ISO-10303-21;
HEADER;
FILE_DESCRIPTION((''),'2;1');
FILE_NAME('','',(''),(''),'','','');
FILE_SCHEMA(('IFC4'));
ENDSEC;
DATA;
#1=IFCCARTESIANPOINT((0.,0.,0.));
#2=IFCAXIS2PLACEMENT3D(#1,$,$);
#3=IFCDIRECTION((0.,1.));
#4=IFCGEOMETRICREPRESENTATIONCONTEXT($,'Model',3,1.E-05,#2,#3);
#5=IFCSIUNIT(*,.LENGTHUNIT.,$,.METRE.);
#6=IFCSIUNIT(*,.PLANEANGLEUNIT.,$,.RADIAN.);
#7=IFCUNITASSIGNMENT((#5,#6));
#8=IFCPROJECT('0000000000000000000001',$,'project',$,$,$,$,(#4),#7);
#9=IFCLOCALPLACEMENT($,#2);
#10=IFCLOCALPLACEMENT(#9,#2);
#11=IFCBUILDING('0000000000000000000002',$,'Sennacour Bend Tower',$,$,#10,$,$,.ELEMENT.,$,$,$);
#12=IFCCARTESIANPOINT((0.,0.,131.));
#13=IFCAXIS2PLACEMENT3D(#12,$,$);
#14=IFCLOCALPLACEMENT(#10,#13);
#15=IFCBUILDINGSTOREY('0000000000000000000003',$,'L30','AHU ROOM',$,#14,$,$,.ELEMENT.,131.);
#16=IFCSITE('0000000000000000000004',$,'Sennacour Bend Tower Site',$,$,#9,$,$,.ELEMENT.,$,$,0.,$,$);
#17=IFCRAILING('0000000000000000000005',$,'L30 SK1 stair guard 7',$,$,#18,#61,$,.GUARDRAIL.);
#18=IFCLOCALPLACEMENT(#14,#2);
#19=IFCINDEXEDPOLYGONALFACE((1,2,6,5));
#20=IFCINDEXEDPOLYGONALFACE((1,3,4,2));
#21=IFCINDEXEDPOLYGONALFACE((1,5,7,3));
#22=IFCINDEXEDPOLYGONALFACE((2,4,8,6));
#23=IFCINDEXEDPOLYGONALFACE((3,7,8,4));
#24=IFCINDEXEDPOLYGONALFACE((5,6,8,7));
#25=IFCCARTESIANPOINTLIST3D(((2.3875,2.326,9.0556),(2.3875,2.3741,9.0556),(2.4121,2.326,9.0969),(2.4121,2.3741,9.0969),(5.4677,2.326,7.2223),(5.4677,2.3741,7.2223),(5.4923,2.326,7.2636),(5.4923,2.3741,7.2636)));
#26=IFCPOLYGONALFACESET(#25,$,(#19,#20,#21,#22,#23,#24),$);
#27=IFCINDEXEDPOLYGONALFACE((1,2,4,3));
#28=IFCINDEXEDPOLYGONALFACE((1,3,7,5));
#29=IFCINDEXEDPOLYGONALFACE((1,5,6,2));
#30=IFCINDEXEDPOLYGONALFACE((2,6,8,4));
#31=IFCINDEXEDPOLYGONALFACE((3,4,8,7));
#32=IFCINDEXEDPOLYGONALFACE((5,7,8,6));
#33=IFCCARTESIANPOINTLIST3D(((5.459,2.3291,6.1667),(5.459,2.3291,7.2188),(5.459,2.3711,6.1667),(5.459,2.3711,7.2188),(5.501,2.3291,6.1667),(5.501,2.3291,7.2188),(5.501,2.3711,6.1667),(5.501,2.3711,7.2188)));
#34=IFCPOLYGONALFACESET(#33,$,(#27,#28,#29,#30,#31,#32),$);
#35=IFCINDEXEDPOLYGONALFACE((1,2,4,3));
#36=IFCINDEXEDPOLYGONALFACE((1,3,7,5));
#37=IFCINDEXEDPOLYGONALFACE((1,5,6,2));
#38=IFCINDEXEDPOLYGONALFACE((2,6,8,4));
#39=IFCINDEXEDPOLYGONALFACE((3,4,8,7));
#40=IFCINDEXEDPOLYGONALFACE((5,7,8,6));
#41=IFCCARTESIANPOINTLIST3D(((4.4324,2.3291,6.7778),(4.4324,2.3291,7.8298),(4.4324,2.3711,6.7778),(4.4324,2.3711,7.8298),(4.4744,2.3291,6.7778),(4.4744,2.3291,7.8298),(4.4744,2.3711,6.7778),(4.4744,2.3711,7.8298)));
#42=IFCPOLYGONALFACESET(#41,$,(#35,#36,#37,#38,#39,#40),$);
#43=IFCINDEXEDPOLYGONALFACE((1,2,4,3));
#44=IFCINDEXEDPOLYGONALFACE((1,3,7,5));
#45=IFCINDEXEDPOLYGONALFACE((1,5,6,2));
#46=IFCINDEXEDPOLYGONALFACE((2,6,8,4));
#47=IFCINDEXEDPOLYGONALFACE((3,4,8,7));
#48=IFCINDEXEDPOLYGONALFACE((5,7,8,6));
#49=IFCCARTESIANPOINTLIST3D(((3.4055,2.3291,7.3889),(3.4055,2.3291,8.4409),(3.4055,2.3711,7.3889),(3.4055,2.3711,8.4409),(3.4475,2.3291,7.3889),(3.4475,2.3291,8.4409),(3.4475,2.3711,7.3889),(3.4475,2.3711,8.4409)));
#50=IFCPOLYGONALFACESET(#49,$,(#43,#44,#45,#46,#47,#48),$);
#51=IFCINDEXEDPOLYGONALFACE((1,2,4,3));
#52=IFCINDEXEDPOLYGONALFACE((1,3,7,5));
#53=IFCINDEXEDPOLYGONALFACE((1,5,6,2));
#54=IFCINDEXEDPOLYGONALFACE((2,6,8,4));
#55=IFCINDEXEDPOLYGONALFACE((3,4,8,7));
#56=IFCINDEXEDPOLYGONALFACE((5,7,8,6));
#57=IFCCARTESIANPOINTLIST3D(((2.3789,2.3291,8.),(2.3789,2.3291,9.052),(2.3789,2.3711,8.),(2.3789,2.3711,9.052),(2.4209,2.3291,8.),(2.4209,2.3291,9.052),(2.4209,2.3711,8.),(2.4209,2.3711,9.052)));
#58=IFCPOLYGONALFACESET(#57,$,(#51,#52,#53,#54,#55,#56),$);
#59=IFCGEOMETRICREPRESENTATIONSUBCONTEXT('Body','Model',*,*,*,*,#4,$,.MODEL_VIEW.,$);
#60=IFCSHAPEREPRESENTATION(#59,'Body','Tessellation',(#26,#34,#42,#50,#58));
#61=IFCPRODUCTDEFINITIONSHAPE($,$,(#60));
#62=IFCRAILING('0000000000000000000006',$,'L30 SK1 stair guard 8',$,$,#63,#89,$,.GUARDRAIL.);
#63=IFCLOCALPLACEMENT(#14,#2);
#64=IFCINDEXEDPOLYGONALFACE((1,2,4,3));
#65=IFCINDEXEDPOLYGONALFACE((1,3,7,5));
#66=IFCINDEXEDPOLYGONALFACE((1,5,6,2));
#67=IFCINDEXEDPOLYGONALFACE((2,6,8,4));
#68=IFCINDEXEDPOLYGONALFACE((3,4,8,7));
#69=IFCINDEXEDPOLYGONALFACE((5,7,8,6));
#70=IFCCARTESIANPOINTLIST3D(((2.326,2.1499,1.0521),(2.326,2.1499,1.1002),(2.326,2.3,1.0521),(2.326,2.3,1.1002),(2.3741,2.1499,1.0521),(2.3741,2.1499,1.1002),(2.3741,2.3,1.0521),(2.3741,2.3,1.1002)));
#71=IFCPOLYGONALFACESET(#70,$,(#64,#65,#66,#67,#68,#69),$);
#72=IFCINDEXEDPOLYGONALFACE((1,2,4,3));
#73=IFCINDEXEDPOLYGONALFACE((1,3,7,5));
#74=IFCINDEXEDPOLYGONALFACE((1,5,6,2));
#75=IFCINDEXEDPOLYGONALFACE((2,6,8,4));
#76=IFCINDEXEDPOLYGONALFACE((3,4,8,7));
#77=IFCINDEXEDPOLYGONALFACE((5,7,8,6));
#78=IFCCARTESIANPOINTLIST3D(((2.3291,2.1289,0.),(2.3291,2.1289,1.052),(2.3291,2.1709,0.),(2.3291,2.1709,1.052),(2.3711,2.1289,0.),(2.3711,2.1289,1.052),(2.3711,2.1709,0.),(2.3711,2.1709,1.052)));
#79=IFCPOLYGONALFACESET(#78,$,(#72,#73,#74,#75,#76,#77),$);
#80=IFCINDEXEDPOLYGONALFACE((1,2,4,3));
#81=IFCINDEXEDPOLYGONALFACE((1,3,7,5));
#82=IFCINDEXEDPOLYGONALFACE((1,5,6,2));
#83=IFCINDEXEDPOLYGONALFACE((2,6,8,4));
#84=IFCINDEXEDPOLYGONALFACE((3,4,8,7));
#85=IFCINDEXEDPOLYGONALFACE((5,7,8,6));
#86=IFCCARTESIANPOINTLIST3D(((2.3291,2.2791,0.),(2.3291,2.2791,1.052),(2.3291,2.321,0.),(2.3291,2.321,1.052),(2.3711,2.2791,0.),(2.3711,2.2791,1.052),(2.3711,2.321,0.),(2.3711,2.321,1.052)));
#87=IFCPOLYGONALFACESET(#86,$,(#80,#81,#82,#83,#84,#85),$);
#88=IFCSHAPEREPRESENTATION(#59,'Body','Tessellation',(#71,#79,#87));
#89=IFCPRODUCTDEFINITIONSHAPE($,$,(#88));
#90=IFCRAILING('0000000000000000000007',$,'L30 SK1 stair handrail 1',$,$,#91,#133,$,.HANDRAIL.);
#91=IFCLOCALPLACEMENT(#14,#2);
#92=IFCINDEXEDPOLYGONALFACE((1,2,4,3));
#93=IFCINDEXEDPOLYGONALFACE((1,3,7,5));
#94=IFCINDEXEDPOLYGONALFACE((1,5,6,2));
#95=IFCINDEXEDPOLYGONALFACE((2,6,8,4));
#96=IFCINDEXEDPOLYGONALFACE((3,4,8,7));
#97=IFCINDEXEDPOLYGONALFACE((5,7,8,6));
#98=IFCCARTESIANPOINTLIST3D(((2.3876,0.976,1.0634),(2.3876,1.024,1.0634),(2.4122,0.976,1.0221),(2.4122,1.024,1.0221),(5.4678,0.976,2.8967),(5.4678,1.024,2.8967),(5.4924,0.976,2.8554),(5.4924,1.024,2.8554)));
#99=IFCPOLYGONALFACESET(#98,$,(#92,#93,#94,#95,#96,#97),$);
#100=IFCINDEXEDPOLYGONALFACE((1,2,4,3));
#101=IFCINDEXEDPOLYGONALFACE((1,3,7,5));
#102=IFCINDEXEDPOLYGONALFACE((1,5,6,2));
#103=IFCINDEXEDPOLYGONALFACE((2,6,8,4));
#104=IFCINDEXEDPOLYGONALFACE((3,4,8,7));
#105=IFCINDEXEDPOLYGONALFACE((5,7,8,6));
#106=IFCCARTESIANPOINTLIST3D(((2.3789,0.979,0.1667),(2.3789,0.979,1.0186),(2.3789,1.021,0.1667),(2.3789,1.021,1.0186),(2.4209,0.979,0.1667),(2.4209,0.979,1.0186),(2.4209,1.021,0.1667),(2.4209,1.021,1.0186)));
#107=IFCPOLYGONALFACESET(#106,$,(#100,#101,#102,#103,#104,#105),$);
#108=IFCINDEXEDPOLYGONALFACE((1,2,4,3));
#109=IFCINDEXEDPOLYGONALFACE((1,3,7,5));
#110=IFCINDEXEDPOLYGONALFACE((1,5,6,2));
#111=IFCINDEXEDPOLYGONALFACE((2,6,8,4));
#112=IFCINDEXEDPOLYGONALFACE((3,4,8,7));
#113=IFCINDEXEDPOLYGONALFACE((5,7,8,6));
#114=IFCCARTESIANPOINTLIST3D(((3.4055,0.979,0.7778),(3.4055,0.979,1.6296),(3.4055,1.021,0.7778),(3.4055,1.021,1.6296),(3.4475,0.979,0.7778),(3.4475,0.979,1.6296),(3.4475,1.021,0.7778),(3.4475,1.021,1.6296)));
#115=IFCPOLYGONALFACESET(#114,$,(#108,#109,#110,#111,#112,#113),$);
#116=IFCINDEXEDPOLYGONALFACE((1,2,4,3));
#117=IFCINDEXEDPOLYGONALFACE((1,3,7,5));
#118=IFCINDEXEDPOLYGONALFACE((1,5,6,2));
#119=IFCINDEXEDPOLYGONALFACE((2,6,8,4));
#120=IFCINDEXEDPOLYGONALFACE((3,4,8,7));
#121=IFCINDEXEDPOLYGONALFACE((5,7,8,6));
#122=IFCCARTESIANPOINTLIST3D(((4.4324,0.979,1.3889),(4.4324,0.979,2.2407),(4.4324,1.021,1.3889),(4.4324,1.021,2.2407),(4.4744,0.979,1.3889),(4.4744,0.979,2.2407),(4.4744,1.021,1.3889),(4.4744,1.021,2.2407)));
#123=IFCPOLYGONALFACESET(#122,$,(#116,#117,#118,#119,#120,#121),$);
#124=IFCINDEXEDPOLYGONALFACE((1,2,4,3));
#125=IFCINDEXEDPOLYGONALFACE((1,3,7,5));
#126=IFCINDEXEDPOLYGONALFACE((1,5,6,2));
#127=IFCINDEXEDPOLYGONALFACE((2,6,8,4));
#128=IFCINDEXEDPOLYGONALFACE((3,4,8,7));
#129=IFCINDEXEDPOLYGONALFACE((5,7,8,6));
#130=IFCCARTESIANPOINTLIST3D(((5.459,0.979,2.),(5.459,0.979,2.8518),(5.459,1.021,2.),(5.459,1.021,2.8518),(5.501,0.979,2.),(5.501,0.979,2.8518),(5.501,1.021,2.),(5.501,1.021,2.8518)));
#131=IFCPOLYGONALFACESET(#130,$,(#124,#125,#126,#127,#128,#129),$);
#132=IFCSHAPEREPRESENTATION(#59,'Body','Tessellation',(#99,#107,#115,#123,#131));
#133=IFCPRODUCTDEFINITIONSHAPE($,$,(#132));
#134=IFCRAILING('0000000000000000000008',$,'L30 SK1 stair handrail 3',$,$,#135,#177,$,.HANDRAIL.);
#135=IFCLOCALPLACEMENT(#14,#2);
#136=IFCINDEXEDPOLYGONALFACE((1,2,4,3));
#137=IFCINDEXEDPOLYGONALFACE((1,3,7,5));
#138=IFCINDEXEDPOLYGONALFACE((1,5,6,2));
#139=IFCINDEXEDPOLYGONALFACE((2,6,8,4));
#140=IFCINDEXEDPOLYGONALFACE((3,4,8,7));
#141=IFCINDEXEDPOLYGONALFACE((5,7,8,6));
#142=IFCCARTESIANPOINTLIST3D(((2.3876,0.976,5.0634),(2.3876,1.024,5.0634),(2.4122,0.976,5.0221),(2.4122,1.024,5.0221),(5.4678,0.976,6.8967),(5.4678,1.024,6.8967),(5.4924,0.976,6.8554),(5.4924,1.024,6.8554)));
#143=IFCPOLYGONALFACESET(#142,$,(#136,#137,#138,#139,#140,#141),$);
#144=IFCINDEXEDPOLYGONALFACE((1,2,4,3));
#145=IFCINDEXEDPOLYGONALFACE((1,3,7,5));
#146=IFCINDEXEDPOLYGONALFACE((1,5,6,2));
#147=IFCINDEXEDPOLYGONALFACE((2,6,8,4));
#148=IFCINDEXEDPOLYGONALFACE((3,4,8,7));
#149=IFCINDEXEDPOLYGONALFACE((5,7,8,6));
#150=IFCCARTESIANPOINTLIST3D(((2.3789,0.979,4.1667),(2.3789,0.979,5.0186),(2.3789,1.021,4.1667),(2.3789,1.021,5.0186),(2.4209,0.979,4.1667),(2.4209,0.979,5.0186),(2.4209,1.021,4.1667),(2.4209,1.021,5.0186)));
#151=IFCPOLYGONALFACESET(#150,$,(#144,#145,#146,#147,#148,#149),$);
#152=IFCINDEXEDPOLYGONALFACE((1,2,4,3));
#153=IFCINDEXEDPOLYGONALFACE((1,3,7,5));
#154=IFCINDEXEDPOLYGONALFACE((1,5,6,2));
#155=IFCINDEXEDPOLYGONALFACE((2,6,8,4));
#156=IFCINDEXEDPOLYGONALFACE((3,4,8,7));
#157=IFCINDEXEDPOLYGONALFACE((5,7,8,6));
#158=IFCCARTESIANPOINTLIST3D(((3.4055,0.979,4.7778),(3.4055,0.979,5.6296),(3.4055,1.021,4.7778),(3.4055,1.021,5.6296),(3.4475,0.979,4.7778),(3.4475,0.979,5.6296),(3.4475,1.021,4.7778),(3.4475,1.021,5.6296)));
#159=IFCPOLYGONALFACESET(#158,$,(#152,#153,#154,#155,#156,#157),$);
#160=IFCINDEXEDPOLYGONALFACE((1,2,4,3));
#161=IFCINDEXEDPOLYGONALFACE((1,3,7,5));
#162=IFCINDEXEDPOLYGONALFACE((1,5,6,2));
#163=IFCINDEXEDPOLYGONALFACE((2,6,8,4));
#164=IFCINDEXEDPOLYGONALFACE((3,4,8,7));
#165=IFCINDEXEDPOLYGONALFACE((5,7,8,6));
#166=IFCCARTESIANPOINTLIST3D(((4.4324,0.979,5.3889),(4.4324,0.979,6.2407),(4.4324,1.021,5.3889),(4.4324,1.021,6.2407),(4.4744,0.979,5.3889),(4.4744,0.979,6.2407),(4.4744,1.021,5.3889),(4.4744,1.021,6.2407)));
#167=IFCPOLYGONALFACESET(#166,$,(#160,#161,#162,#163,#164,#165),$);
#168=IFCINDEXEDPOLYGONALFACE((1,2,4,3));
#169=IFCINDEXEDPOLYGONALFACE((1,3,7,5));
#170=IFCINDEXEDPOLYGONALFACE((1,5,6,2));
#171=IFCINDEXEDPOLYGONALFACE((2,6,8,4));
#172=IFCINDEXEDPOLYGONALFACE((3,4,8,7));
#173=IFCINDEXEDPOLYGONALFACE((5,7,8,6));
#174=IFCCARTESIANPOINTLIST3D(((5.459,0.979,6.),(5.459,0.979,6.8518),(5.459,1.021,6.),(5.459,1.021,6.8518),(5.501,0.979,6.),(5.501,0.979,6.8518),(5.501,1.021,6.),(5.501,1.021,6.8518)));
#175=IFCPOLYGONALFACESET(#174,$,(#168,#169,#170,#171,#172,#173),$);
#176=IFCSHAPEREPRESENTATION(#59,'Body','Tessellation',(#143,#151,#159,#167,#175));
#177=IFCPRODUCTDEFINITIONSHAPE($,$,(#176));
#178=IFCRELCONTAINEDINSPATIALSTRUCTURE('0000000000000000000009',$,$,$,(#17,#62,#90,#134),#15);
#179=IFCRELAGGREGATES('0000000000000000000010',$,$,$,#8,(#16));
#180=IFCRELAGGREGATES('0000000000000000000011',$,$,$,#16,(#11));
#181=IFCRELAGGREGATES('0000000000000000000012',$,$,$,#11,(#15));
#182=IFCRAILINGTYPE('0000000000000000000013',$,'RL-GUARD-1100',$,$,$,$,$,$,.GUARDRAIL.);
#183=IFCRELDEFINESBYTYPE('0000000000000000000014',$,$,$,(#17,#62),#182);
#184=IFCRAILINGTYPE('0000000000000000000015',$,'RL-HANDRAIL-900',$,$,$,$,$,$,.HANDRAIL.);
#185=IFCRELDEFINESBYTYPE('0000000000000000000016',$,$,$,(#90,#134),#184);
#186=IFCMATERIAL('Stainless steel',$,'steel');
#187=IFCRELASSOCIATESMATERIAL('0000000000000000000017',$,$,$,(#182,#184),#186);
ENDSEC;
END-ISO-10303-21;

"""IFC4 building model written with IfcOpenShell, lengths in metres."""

from ifc_helpers import new_model, si_unit, direction, frame, origin, origin_2d, place, context, subcontext, project, spatial, rectangle, extrude, material, type_object, element, save


model = new_model("IFC4")

# Units and contexts
model_context = context("Model", 3, precision=1e-05, world=origin(), true_north=direction((0.0, 1.0)))
body_context = subcontext(model_context, "Body", "Model", "MODEL_VIEW")
ifc_project = project(units=[si_unit("LENGTHUNIT", "METRE"), si_unit("PLANEANGLEUNIT", "RADIAN")], contexts=[model_context])

# Site, building, storey
site_placement = place(None, origin())
site = spatial("IfcSite", under=ifc_project, at=site_placement, Name="Sennacour Bend Tower Site", CompositionType="ELEMENT", RefElevation=0.0)
building_placement = place(site_placement, origin())
building = spatial("IfcBuilding", under=site, at=building_placement, Name="Sennacour Bend Tower", CompositionType="ELEMENT")
storey_placement = place(building_placement, frame((0.0, 0.0, 131.0)))
storey = spatial("IfcBuildingStorey", under=building, at=storey_placement, Name="L30", Description="AHU ROOM", CompositionType="ELEMENT", Elevation=131.0)

# Railings
ifc_material_1 = material(Name="Stainless steel", Category="steel")
railing_type_1 = type_object("IfcRailingType", Name="RL-GUARD-1100", PredefinedType="GUARDRAIL", material=ifc_material_1)
railing_1_placement = place(storey_placement, frame((5.48, 2.3501, 6.1667)))
element("IfcRailing", 1, at=railing_1_placement, inside=storey, type_object=railing_type_1, Name="L30 SK1 stair guard 7", PredefinedType="GUARDRAIL", context=body_context, shape_type="SweptSolid", body=[
    extrude(rectangle(XDim=0.0481, YDim=0.0481, at=origin_2d()), frame((0.0, 0.0, 1.0762), z_axis=(-0.859309, 0.0, 0.511458), x_axis=(0.0, -1.0, 0.0)), (0.0, 0.0, 1.0), 3.5845),
    extrude(rectangle(XDim=0.042, YDim=0.042, at=origin_2d()), origin(), (0.0, 0.0, 1.0), 1.052),
    extrude(rectangle(XDim=0.042, YDim=0.042, at=origin_2d()), frame((-1.0266, 0.0, 0.6111)), (0.0, 0.0, 1.0), 1.052),
    extrude(rectangle(XDim=0.042, YDim=0.042, at=origin_2d()), frame((-2.0535, 0.0, 1.2222)), (0.0, 0.0, 1.0), 1.052),
    extrude(rectangle(XDim=0.042, YDim=0.042, at=origin_2d()), frame((-3.0801, 0.0, 1.8333)), (0.0, 0.0, 1.0), 1.052),
])
railing_2_placement = place(storey_placement, frame((2.3501, 2.1499, 0.0)))
element("IfcRailing", 2, at=railing_2_placement, inside=storey, type_object=railing_type_1, Name="L30 SK1 stair guard 8", PredefinedType="GUARDRAIL", context=body_context, shape_type="SweptSolid", body=[
    extrude(rectangle(XDim=0.0481, YDim=0.0481, at=origin_2d()), frame((0.0, 0.0, 1.0762), z_axis=(0.0, 1.0, 0.0), x_axis=(-1.0, 0.0, 0.0)), (0.0, 0.0, 1.0), 0.1501),
    extrude(rectangle(XDim=0.042, YDim=0.042, at=origin_2d()), origin(), (0.0, 0.0, 1.0), 1.052),
    extrude(rectangle(XDim=0.042, YDim=0.042, at=origin_2d()), frame((0.0, 0.1501, 0.0)), (0.0, 0.0, 1.0), 1.052),
])
railing_type_2 = type_object("IfcRailingType", Name="RL-HANDRAIL-900", PredefinedType="HANDRAIL", material=ifc_material_1)
for number, where, name in (
    (3, (2.3999, 1.0, 0.1667), "L30 SK1 stair handrail 1"),
    (4, (2.3999, 1.0, 4.1667), "L30 SK1 stair handrail 3"),
):
    element("IfcRailing", number, at=place(storey_placement, frame(where)), inside=storey, type_object=railing_type_2, Name=name, PredefinedType="HANDRAIL", context=body_context, shape_type="SweptSolid", body=[
        extrude(rectangle(XDim=0.0481, YDim=0.0481, at=origin_2d()), frame((0.0, 0.0, 0.876), z_axis=(0.859309, 0.0, 0.511458), x_axis=(0.0, 1.0, 0.0)), (0.0, 0.0, 1.0), 3.5845),
        extrude(rectangle(XDim=0.042, YDim=0.042, at=origin_2d()), origin(), (0.0, 0.0, 1.0), 0.8518),
        extrude(rectangle(XDim=0.042, YDim=0.042, at=origin_2d()), frame((1.0266, 0.0, 0.6111)), (0.0, 0.0, 1.0), 0.8518),
        extrude(rectangle(XDim=0.042, YDim=0.042, at=origin_2d()), frame((2.0535, 0.0, 1.2222)), (0.0, 0.0, 1.0), 0.8518),
        extrude(rectangle(XDim=0.042, YDim=0.042, at=origin_2d()), frame((3.0801, 0.0, 1.8333)), (0.0, 0.0, 1.0), 0.8518),
    ])

save(model, "model.ifc")
